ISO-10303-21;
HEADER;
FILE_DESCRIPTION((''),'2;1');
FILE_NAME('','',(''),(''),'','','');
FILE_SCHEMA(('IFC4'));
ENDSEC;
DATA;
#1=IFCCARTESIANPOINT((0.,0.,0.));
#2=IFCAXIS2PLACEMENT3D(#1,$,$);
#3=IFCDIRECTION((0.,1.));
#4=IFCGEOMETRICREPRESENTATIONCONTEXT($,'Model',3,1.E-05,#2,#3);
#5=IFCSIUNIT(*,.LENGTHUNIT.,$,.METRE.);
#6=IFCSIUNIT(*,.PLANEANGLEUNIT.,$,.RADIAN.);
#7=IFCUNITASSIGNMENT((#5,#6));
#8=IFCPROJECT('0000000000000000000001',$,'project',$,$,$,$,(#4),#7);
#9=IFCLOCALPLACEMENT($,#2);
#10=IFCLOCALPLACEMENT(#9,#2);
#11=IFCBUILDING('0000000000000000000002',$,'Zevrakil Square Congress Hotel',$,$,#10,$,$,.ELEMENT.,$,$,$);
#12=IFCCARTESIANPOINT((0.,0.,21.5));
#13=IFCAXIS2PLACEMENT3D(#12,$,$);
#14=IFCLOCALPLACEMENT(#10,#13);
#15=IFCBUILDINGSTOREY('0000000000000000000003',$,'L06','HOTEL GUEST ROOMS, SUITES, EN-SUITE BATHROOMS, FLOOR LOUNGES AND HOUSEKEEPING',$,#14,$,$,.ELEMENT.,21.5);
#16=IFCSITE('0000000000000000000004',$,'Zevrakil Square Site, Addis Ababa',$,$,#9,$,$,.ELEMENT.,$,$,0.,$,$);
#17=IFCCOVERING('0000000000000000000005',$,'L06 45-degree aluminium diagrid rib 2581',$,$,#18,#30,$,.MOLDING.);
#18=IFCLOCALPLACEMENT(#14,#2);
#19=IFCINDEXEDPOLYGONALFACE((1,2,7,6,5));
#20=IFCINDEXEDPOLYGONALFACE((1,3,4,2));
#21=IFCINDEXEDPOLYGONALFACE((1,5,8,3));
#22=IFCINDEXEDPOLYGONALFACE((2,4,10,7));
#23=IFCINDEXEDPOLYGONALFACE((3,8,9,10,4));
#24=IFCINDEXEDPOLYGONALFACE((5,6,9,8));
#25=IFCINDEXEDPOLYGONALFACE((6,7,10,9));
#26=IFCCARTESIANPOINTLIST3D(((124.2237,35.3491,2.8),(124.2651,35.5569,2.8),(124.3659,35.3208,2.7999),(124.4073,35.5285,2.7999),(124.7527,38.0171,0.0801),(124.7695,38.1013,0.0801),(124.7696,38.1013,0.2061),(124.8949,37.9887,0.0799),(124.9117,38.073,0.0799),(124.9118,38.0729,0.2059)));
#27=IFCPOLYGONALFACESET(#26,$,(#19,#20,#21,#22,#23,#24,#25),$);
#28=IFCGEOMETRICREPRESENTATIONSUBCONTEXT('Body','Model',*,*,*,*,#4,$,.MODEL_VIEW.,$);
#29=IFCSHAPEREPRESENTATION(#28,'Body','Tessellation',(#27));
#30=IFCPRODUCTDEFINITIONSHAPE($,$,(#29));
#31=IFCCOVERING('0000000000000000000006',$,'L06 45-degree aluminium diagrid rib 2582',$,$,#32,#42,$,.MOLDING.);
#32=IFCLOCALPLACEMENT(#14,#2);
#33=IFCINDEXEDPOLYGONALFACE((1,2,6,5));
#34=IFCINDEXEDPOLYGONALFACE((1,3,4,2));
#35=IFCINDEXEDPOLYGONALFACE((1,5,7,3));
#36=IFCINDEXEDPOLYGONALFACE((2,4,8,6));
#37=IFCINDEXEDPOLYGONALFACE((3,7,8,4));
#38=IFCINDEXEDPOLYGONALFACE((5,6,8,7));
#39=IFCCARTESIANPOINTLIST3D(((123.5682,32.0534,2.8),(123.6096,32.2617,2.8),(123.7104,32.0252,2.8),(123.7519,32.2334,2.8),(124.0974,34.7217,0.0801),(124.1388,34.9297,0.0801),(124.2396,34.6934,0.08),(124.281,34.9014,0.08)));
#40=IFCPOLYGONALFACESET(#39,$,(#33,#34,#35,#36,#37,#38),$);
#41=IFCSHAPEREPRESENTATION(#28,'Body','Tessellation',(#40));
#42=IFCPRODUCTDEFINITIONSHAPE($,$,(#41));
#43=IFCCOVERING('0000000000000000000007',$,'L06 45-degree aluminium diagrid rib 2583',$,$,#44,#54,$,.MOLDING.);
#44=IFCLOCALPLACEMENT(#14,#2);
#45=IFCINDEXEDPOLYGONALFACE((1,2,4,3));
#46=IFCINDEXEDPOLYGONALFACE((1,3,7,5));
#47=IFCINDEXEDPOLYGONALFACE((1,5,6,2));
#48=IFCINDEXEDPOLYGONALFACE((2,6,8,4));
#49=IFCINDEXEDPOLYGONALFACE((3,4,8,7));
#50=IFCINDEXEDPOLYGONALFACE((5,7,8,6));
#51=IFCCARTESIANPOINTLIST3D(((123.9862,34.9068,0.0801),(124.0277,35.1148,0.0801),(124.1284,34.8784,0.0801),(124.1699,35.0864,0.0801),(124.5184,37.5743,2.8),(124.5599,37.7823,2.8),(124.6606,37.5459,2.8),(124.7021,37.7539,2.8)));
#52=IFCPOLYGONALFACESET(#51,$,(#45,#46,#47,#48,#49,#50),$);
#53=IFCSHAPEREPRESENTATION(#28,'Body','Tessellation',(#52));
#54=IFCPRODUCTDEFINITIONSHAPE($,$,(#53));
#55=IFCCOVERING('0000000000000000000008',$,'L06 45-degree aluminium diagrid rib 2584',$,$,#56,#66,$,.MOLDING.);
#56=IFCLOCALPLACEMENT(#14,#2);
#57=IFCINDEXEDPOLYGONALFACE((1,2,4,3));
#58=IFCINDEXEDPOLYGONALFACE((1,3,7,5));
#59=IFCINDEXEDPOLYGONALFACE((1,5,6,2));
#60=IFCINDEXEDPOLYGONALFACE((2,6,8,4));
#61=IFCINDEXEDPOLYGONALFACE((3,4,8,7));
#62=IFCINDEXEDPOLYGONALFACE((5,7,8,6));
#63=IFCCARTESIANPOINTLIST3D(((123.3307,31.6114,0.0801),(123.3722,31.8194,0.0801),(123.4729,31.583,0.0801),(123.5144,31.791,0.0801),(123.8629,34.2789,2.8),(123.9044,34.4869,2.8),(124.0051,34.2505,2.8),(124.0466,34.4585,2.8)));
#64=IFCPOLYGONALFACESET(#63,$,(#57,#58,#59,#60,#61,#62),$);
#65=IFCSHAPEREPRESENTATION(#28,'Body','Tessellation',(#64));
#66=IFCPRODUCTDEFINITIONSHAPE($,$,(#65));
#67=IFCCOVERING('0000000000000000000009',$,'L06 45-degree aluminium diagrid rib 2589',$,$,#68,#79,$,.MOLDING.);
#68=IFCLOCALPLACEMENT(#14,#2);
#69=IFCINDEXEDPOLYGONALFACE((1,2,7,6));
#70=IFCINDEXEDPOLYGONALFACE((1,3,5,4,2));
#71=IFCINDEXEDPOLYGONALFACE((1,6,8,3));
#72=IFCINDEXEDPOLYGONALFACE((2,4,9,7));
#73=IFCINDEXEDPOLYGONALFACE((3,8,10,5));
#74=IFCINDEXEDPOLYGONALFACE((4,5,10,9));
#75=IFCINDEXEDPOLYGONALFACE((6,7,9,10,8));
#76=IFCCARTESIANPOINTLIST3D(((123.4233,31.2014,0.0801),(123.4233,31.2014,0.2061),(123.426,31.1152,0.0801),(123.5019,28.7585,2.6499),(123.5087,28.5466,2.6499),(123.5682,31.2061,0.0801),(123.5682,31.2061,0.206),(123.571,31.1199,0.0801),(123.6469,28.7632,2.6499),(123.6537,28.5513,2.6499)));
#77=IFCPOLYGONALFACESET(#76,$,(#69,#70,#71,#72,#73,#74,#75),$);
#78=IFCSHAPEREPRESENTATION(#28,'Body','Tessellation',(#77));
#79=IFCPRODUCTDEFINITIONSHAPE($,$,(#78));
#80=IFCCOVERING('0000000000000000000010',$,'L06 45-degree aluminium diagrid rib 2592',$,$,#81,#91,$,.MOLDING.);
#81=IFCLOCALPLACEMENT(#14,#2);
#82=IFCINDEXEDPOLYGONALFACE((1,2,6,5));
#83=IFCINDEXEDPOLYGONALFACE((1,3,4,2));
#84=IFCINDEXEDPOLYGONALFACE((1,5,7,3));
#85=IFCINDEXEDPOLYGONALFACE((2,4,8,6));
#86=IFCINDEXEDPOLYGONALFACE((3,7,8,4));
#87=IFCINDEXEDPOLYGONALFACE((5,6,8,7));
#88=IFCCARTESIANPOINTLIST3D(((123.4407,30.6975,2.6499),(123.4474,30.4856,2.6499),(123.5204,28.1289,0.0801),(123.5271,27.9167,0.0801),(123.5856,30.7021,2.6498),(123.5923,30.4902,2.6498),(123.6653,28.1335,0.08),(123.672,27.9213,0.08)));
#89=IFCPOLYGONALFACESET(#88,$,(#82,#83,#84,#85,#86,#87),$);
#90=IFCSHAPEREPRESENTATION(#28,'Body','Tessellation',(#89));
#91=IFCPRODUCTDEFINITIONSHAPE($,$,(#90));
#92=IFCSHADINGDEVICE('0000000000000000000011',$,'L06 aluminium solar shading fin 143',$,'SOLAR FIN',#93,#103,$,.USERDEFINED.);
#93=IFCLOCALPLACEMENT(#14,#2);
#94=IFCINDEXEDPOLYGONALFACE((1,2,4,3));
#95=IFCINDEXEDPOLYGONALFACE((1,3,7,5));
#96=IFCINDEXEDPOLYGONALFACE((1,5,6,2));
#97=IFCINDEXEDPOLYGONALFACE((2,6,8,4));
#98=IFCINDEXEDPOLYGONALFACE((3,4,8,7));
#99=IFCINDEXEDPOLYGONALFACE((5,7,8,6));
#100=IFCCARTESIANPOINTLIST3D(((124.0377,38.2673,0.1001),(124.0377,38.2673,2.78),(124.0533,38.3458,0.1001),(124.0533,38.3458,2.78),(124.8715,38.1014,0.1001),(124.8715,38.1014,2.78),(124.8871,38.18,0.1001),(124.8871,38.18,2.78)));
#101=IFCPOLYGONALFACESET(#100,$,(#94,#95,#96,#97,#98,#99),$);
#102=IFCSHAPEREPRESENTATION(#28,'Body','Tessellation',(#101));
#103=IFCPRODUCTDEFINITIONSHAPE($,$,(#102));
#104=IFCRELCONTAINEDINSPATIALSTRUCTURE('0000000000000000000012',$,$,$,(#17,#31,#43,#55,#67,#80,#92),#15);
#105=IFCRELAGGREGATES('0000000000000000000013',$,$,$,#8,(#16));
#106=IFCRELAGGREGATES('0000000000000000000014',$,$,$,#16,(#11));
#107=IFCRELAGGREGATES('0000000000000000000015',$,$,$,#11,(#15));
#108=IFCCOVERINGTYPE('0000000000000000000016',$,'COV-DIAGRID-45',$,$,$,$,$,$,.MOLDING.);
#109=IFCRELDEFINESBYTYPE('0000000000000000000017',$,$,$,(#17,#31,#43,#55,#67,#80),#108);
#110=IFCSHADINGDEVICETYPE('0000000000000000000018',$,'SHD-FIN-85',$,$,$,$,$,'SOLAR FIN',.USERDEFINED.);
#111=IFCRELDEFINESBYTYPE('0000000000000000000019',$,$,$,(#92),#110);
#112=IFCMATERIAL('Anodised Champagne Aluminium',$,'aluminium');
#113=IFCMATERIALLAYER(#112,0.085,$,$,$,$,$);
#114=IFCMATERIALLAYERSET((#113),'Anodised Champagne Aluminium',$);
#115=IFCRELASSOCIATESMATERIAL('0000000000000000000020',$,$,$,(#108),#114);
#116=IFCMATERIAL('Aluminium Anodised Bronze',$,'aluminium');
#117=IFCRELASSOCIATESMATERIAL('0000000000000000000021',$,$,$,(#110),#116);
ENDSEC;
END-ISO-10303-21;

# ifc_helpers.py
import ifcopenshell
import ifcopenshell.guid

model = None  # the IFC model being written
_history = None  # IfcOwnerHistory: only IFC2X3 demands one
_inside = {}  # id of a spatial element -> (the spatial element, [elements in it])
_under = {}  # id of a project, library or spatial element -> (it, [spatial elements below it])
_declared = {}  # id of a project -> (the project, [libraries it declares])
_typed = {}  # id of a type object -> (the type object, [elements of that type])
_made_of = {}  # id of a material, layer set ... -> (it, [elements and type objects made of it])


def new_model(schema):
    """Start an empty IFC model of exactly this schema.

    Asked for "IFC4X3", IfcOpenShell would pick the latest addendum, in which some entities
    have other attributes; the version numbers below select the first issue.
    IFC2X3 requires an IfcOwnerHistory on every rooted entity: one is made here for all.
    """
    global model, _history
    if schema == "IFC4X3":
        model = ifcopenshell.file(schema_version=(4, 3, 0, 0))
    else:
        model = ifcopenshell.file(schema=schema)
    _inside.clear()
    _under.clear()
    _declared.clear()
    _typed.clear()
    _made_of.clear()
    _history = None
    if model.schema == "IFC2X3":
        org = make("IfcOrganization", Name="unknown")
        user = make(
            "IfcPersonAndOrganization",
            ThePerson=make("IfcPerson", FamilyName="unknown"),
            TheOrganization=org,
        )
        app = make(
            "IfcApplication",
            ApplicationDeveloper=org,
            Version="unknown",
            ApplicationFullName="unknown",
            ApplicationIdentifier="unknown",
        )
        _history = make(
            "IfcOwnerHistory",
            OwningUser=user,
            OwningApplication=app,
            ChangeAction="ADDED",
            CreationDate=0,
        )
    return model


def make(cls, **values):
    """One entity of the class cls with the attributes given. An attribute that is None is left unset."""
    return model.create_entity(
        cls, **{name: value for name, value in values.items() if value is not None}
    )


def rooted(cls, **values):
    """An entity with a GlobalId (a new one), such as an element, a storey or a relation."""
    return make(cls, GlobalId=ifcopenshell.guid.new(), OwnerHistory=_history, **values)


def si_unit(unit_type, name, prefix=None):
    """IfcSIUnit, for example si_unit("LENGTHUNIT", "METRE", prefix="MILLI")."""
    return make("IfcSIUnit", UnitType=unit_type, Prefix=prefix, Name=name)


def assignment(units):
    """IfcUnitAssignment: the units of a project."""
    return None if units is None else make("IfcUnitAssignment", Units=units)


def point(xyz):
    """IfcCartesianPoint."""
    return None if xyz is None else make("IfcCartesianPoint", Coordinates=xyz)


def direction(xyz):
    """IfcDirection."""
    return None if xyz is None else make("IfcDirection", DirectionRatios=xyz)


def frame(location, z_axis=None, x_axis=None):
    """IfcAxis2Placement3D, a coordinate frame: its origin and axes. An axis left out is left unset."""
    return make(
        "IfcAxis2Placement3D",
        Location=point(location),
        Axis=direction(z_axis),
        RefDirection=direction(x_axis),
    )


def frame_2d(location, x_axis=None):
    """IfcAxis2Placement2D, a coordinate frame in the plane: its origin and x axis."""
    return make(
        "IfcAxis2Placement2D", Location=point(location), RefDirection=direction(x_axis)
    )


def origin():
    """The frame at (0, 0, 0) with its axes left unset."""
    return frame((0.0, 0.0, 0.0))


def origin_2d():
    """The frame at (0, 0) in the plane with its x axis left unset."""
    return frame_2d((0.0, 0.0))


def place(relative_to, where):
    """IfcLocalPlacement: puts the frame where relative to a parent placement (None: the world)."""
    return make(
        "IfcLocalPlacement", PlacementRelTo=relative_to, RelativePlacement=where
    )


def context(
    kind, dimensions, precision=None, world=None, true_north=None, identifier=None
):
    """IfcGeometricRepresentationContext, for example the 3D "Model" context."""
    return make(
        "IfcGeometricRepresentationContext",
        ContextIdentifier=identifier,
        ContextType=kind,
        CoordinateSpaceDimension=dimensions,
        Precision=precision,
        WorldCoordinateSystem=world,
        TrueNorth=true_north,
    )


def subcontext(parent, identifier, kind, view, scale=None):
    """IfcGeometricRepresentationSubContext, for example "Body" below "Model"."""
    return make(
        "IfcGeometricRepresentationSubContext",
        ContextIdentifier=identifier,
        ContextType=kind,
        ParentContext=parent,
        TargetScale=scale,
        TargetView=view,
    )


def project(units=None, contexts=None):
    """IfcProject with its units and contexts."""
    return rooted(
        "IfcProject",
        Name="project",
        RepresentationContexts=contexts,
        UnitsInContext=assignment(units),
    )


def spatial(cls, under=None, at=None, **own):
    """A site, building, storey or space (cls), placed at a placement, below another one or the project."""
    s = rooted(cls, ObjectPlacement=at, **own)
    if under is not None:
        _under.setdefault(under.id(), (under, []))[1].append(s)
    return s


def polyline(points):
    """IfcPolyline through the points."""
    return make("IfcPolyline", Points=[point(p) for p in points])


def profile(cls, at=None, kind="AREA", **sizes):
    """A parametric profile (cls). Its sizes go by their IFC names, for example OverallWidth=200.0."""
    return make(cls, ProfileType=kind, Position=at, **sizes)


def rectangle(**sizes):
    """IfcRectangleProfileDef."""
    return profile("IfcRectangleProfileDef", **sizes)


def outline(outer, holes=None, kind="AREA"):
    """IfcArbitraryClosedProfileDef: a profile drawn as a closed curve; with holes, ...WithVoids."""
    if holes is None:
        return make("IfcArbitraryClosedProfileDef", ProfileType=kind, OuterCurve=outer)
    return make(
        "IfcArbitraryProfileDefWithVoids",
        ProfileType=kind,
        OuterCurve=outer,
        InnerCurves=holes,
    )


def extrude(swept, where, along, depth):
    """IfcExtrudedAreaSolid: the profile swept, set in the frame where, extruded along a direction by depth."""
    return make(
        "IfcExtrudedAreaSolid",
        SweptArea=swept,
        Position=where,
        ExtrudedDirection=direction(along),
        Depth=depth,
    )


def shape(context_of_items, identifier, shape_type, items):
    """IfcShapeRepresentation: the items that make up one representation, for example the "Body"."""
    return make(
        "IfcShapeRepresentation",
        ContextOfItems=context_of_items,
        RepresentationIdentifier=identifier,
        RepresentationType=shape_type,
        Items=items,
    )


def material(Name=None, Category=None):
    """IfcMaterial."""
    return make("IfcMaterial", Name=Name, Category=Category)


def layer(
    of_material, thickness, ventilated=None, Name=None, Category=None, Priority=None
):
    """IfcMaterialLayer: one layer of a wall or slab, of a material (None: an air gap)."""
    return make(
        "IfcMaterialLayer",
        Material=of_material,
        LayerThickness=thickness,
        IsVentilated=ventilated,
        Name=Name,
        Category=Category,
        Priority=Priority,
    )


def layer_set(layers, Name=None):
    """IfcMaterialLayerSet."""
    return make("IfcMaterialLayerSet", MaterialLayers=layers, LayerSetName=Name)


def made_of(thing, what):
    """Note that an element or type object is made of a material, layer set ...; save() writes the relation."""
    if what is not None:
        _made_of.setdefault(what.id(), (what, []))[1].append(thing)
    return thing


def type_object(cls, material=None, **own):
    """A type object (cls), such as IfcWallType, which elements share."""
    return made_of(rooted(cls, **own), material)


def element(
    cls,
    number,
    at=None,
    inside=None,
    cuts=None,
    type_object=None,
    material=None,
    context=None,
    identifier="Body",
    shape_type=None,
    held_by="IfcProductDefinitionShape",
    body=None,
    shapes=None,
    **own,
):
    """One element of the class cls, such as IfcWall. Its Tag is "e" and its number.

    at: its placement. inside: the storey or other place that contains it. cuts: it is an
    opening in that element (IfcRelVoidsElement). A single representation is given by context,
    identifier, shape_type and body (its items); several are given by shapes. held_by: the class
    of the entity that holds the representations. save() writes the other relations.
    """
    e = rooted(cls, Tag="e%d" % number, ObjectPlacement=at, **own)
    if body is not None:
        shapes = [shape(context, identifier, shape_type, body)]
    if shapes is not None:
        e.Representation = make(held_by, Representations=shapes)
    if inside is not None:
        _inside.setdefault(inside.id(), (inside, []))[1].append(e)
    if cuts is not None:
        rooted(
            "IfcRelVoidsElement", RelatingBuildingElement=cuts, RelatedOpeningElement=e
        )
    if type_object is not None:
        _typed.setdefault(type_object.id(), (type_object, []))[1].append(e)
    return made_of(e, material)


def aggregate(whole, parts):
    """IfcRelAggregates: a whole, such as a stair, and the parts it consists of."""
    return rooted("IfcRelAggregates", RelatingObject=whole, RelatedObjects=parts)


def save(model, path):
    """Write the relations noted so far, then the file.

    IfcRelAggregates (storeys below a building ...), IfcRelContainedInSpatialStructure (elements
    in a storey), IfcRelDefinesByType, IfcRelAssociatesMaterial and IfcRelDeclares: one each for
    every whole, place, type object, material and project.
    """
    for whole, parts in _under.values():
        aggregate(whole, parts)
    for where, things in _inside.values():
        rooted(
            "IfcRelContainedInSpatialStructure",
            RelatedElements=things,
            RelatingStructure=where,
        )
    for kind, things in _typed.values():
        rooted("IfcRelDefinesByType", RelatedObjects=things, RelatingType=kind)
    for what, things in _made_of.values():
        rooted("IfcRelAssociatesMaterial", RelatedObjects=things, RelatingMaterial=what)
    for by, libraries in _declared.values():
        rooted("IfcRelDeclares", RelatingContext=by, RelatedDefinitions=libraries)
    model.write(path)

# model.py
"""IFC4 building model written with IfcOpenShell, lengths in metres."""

from ifc_helpers import new_model, si_unit, direction, frame, origin, origin_2d, place, context, subcontext, project, spatial, polyline, rectangle, outline, extrude, material, layer, layer_set, type_object, element, save


model = new_model("IFC4")

# Units and contexts
model_context = context("Model", 3, precision=1e-05, world=origin(), true_north=direction((0.0, 1.0)))
body_context = subcontext(model_context, "Body", "Model", "MODEL_VIEW")
ifc_project = project(units=[si_unit("LENGTHUNIT", "METRE"), si_unit("PLANEANGLEUNIT", "RADIAN")], contexts=[model_context])

# Site, building, storey
site_placement = place(None, origin())
site = spatial("IfcSite", under=ifc_project, at=site_placement, Name="Zevrakil Square Site, Addis Ababa", CompositionType="ELEMENT", RefElevation=0.0)
building_placement = place(site_placement, origin())
building = spatial("IfcBuilding", under=site, at=building_placement, Name="Zevrakil Square Congress Hotel", CompositionType="ELEMENT")
storey_placement = place(building_placement, frame((0.0, 0.0, 21.5)))
storey = spatial("IfcBuildingStorey", under=building, at=storey_placement, Name="L06", Description="HOTEL GUEST ROOMS, SUITES, EN-SUITE BATHROOMS, FLOOR LOUNGES AND HOUSEKEEPING", CompositionType="ELEMENT", Elevation=21.5)

# Coverings
ifc_material_1 = material(Name="Anodised Champagne Aluminium", Category="aluminium")
ifc_layer_1 = layer(ifc_material_1, 0.085)
ifc_layer_set_1 = layer_set([ifc_layer_1], Name="Anodised Champagne Aluminium")
covering_type_1 = type_object("IfcCoveringType", Name="COV-DIAGRID-45", PredefinedType="MOLDING", material=ifc_layer_set_1)
covering_1_placement = place(storey_placement, frame((124.7527, 38.0171, 0.0801), z_axis=(-0.980698, 0.195525, 0.001048), x_axis=(0.195525, 0.980699, 0.000001)))
element("IfcCovering", 1, at=covering_1_placement, inside=storey, type_object=covering_type_1, Name="L06 45-degree aluminium diagrid rib 2581", PredefinedType="MOLDING", context=body_context, shape_type="SweptSolid", body=[
    extrude(outline(polyline([(0.0, 0.0), (0.0859, 0.0), (0.0859, -0.126), (-2.508, -2.72), (-2.7199, -2.72), (0.0, 0.0)])), origin(), (0.0, 0.0, -1.0), 0.145),
])
covering_2_placement = place(storey_placement, frame((124.0974, 34.7217, 0.0801), z_axis=(-0.980801, 0.19501, 0.000474), x_axis=(0.19501, 0.980801, 0.0)))
element("IfcCovering", 2, at=covering_2_placement, inside=storey, type_object=covering_type_1, Name="L06 45-degree aluminium diagrid rib 2582", PredefinedType="MOLDING", context=body_context, shape_type="SweptSolid", body=[
    extrude(outline(polyline([(0.0, 0.0), (0.2121, 0.0), (-2.5079, -2.72), (-2.7202, -2.72), (0.0, 0.0)])), origin(), (0.0, 0.0, -1.0), 0.145),
])
for number, where, z_axis, x_axis, name in (
    (3, (124.7021, 37.7539, 2.8), (0.980669, -0.195673, 0.000006), (-0.195673, -0.980669, 0.0), "L06 45-degree aluminium diagrid rib 2583"),
    (4, (124.0466, 34.4585, 2.8), (0.980669, -0.195673, 0.000006), (-0.195673, -0.980669, 0.0), "L06 45-degree aluminium diagrid rib 2584"),
):
    element("IfcCovering", number, at=place(storey_placement, frame(where, z_axis=z_axis, x_axis=x_axis)), inside=storey, type_object=covering_type_1, Name=name, PredefinedType="MOLDING", context=body_context, shape_type="SweptSolid", body=[
        extrude(outline(polyline([(0.0, 0.0), (0.2121, 0.0), (2.9322, 2.72), (2.7201, 2.72), (0.0, 0.0)])), origin(), (0.0, 0.0, -1.0), 0.145),
    ])
covering_3_placement = place(storey_placement, frame((123.426, 31.1152, 0.0801), z_axis=(-0.999488, -0.031993, 0.000181), x_axis=(-0.031993, 0.999488, 0.0)))
element("IfcCovering", 5, at=covering_3_placement, inside=storey, type_object=covering_type_1, Name="L06 45-degree aluminium diagrid rib 2589", PredefinedType="MOLDING", context=body_context, shape_type="SweptSolid", body=[
    extrude(outline(polyline([(0.0, 0.0), (0.0862, 0.0), (0.0862, -0.126), (-2.3579, -2.5698), (-2.5699, -2.5698), (0.0, 0.0)])), origin(), (0.0, 0.0, -1.0), 0.145),
])
covering_4_placement = place(storey_placement, frame((123.4407, 30.6975, 2.6499), z_axis=(-0.999499, -0.031648, 0.000632), x_axis=(0.031648, -0.999499, 0.0)))
element("IfcCovering", 6, at=covering_4_placement, inside=storey, type_object=covering_type_1, Name="L06 45-degree aluminium diagrid rib 2592", PredefinedType="MOLDING", context=body_context, shape_type="SweptSolid", body=[
    extrude(outline(polyline([(0.0, 0.0), (0.212, 0.0), (2.7821, -2.5698), (2.5698, -2.5698), (0.0, 0.0)])), origin(), (0.0, 0.0, -1.0), 0.145),
])

# Shading device
ifc_material_2 = material(Name="Aluminium Anodised Bronze", Category="aluminium")
shading_device_type = type_object("IfcShadingDeviceType", Name="SHD-FIN-85", ElementType="SOLAR FIN", PredefinedType="USERDEFINED", material=ifc_material_2)
shading_device_placement = place(storey_placement, frame((124.4624, 38.2236, 0.1001), z_axis=(0.0, 0.0, 1.0), x_axis=(-0.980785, 0.19509, 0.0)))
element("IfcShadingDevice", 7, at=shading_device_placement, inside=storey, type_object=shading_device_type, Name="L06 aluminium solar shading fin 143", ObjectType="SOLAR FIN", PredefinedType="USERDEFINED", context=body_context, shape_type="SweptSolid", body=[
    extrude(rectangle(XDim=0.8501, YDim=0.0801, at=origin_2d()), origin(), (0.0, 0.0, 1.0), 2.6799),
])

save(model, "model.ifc")
